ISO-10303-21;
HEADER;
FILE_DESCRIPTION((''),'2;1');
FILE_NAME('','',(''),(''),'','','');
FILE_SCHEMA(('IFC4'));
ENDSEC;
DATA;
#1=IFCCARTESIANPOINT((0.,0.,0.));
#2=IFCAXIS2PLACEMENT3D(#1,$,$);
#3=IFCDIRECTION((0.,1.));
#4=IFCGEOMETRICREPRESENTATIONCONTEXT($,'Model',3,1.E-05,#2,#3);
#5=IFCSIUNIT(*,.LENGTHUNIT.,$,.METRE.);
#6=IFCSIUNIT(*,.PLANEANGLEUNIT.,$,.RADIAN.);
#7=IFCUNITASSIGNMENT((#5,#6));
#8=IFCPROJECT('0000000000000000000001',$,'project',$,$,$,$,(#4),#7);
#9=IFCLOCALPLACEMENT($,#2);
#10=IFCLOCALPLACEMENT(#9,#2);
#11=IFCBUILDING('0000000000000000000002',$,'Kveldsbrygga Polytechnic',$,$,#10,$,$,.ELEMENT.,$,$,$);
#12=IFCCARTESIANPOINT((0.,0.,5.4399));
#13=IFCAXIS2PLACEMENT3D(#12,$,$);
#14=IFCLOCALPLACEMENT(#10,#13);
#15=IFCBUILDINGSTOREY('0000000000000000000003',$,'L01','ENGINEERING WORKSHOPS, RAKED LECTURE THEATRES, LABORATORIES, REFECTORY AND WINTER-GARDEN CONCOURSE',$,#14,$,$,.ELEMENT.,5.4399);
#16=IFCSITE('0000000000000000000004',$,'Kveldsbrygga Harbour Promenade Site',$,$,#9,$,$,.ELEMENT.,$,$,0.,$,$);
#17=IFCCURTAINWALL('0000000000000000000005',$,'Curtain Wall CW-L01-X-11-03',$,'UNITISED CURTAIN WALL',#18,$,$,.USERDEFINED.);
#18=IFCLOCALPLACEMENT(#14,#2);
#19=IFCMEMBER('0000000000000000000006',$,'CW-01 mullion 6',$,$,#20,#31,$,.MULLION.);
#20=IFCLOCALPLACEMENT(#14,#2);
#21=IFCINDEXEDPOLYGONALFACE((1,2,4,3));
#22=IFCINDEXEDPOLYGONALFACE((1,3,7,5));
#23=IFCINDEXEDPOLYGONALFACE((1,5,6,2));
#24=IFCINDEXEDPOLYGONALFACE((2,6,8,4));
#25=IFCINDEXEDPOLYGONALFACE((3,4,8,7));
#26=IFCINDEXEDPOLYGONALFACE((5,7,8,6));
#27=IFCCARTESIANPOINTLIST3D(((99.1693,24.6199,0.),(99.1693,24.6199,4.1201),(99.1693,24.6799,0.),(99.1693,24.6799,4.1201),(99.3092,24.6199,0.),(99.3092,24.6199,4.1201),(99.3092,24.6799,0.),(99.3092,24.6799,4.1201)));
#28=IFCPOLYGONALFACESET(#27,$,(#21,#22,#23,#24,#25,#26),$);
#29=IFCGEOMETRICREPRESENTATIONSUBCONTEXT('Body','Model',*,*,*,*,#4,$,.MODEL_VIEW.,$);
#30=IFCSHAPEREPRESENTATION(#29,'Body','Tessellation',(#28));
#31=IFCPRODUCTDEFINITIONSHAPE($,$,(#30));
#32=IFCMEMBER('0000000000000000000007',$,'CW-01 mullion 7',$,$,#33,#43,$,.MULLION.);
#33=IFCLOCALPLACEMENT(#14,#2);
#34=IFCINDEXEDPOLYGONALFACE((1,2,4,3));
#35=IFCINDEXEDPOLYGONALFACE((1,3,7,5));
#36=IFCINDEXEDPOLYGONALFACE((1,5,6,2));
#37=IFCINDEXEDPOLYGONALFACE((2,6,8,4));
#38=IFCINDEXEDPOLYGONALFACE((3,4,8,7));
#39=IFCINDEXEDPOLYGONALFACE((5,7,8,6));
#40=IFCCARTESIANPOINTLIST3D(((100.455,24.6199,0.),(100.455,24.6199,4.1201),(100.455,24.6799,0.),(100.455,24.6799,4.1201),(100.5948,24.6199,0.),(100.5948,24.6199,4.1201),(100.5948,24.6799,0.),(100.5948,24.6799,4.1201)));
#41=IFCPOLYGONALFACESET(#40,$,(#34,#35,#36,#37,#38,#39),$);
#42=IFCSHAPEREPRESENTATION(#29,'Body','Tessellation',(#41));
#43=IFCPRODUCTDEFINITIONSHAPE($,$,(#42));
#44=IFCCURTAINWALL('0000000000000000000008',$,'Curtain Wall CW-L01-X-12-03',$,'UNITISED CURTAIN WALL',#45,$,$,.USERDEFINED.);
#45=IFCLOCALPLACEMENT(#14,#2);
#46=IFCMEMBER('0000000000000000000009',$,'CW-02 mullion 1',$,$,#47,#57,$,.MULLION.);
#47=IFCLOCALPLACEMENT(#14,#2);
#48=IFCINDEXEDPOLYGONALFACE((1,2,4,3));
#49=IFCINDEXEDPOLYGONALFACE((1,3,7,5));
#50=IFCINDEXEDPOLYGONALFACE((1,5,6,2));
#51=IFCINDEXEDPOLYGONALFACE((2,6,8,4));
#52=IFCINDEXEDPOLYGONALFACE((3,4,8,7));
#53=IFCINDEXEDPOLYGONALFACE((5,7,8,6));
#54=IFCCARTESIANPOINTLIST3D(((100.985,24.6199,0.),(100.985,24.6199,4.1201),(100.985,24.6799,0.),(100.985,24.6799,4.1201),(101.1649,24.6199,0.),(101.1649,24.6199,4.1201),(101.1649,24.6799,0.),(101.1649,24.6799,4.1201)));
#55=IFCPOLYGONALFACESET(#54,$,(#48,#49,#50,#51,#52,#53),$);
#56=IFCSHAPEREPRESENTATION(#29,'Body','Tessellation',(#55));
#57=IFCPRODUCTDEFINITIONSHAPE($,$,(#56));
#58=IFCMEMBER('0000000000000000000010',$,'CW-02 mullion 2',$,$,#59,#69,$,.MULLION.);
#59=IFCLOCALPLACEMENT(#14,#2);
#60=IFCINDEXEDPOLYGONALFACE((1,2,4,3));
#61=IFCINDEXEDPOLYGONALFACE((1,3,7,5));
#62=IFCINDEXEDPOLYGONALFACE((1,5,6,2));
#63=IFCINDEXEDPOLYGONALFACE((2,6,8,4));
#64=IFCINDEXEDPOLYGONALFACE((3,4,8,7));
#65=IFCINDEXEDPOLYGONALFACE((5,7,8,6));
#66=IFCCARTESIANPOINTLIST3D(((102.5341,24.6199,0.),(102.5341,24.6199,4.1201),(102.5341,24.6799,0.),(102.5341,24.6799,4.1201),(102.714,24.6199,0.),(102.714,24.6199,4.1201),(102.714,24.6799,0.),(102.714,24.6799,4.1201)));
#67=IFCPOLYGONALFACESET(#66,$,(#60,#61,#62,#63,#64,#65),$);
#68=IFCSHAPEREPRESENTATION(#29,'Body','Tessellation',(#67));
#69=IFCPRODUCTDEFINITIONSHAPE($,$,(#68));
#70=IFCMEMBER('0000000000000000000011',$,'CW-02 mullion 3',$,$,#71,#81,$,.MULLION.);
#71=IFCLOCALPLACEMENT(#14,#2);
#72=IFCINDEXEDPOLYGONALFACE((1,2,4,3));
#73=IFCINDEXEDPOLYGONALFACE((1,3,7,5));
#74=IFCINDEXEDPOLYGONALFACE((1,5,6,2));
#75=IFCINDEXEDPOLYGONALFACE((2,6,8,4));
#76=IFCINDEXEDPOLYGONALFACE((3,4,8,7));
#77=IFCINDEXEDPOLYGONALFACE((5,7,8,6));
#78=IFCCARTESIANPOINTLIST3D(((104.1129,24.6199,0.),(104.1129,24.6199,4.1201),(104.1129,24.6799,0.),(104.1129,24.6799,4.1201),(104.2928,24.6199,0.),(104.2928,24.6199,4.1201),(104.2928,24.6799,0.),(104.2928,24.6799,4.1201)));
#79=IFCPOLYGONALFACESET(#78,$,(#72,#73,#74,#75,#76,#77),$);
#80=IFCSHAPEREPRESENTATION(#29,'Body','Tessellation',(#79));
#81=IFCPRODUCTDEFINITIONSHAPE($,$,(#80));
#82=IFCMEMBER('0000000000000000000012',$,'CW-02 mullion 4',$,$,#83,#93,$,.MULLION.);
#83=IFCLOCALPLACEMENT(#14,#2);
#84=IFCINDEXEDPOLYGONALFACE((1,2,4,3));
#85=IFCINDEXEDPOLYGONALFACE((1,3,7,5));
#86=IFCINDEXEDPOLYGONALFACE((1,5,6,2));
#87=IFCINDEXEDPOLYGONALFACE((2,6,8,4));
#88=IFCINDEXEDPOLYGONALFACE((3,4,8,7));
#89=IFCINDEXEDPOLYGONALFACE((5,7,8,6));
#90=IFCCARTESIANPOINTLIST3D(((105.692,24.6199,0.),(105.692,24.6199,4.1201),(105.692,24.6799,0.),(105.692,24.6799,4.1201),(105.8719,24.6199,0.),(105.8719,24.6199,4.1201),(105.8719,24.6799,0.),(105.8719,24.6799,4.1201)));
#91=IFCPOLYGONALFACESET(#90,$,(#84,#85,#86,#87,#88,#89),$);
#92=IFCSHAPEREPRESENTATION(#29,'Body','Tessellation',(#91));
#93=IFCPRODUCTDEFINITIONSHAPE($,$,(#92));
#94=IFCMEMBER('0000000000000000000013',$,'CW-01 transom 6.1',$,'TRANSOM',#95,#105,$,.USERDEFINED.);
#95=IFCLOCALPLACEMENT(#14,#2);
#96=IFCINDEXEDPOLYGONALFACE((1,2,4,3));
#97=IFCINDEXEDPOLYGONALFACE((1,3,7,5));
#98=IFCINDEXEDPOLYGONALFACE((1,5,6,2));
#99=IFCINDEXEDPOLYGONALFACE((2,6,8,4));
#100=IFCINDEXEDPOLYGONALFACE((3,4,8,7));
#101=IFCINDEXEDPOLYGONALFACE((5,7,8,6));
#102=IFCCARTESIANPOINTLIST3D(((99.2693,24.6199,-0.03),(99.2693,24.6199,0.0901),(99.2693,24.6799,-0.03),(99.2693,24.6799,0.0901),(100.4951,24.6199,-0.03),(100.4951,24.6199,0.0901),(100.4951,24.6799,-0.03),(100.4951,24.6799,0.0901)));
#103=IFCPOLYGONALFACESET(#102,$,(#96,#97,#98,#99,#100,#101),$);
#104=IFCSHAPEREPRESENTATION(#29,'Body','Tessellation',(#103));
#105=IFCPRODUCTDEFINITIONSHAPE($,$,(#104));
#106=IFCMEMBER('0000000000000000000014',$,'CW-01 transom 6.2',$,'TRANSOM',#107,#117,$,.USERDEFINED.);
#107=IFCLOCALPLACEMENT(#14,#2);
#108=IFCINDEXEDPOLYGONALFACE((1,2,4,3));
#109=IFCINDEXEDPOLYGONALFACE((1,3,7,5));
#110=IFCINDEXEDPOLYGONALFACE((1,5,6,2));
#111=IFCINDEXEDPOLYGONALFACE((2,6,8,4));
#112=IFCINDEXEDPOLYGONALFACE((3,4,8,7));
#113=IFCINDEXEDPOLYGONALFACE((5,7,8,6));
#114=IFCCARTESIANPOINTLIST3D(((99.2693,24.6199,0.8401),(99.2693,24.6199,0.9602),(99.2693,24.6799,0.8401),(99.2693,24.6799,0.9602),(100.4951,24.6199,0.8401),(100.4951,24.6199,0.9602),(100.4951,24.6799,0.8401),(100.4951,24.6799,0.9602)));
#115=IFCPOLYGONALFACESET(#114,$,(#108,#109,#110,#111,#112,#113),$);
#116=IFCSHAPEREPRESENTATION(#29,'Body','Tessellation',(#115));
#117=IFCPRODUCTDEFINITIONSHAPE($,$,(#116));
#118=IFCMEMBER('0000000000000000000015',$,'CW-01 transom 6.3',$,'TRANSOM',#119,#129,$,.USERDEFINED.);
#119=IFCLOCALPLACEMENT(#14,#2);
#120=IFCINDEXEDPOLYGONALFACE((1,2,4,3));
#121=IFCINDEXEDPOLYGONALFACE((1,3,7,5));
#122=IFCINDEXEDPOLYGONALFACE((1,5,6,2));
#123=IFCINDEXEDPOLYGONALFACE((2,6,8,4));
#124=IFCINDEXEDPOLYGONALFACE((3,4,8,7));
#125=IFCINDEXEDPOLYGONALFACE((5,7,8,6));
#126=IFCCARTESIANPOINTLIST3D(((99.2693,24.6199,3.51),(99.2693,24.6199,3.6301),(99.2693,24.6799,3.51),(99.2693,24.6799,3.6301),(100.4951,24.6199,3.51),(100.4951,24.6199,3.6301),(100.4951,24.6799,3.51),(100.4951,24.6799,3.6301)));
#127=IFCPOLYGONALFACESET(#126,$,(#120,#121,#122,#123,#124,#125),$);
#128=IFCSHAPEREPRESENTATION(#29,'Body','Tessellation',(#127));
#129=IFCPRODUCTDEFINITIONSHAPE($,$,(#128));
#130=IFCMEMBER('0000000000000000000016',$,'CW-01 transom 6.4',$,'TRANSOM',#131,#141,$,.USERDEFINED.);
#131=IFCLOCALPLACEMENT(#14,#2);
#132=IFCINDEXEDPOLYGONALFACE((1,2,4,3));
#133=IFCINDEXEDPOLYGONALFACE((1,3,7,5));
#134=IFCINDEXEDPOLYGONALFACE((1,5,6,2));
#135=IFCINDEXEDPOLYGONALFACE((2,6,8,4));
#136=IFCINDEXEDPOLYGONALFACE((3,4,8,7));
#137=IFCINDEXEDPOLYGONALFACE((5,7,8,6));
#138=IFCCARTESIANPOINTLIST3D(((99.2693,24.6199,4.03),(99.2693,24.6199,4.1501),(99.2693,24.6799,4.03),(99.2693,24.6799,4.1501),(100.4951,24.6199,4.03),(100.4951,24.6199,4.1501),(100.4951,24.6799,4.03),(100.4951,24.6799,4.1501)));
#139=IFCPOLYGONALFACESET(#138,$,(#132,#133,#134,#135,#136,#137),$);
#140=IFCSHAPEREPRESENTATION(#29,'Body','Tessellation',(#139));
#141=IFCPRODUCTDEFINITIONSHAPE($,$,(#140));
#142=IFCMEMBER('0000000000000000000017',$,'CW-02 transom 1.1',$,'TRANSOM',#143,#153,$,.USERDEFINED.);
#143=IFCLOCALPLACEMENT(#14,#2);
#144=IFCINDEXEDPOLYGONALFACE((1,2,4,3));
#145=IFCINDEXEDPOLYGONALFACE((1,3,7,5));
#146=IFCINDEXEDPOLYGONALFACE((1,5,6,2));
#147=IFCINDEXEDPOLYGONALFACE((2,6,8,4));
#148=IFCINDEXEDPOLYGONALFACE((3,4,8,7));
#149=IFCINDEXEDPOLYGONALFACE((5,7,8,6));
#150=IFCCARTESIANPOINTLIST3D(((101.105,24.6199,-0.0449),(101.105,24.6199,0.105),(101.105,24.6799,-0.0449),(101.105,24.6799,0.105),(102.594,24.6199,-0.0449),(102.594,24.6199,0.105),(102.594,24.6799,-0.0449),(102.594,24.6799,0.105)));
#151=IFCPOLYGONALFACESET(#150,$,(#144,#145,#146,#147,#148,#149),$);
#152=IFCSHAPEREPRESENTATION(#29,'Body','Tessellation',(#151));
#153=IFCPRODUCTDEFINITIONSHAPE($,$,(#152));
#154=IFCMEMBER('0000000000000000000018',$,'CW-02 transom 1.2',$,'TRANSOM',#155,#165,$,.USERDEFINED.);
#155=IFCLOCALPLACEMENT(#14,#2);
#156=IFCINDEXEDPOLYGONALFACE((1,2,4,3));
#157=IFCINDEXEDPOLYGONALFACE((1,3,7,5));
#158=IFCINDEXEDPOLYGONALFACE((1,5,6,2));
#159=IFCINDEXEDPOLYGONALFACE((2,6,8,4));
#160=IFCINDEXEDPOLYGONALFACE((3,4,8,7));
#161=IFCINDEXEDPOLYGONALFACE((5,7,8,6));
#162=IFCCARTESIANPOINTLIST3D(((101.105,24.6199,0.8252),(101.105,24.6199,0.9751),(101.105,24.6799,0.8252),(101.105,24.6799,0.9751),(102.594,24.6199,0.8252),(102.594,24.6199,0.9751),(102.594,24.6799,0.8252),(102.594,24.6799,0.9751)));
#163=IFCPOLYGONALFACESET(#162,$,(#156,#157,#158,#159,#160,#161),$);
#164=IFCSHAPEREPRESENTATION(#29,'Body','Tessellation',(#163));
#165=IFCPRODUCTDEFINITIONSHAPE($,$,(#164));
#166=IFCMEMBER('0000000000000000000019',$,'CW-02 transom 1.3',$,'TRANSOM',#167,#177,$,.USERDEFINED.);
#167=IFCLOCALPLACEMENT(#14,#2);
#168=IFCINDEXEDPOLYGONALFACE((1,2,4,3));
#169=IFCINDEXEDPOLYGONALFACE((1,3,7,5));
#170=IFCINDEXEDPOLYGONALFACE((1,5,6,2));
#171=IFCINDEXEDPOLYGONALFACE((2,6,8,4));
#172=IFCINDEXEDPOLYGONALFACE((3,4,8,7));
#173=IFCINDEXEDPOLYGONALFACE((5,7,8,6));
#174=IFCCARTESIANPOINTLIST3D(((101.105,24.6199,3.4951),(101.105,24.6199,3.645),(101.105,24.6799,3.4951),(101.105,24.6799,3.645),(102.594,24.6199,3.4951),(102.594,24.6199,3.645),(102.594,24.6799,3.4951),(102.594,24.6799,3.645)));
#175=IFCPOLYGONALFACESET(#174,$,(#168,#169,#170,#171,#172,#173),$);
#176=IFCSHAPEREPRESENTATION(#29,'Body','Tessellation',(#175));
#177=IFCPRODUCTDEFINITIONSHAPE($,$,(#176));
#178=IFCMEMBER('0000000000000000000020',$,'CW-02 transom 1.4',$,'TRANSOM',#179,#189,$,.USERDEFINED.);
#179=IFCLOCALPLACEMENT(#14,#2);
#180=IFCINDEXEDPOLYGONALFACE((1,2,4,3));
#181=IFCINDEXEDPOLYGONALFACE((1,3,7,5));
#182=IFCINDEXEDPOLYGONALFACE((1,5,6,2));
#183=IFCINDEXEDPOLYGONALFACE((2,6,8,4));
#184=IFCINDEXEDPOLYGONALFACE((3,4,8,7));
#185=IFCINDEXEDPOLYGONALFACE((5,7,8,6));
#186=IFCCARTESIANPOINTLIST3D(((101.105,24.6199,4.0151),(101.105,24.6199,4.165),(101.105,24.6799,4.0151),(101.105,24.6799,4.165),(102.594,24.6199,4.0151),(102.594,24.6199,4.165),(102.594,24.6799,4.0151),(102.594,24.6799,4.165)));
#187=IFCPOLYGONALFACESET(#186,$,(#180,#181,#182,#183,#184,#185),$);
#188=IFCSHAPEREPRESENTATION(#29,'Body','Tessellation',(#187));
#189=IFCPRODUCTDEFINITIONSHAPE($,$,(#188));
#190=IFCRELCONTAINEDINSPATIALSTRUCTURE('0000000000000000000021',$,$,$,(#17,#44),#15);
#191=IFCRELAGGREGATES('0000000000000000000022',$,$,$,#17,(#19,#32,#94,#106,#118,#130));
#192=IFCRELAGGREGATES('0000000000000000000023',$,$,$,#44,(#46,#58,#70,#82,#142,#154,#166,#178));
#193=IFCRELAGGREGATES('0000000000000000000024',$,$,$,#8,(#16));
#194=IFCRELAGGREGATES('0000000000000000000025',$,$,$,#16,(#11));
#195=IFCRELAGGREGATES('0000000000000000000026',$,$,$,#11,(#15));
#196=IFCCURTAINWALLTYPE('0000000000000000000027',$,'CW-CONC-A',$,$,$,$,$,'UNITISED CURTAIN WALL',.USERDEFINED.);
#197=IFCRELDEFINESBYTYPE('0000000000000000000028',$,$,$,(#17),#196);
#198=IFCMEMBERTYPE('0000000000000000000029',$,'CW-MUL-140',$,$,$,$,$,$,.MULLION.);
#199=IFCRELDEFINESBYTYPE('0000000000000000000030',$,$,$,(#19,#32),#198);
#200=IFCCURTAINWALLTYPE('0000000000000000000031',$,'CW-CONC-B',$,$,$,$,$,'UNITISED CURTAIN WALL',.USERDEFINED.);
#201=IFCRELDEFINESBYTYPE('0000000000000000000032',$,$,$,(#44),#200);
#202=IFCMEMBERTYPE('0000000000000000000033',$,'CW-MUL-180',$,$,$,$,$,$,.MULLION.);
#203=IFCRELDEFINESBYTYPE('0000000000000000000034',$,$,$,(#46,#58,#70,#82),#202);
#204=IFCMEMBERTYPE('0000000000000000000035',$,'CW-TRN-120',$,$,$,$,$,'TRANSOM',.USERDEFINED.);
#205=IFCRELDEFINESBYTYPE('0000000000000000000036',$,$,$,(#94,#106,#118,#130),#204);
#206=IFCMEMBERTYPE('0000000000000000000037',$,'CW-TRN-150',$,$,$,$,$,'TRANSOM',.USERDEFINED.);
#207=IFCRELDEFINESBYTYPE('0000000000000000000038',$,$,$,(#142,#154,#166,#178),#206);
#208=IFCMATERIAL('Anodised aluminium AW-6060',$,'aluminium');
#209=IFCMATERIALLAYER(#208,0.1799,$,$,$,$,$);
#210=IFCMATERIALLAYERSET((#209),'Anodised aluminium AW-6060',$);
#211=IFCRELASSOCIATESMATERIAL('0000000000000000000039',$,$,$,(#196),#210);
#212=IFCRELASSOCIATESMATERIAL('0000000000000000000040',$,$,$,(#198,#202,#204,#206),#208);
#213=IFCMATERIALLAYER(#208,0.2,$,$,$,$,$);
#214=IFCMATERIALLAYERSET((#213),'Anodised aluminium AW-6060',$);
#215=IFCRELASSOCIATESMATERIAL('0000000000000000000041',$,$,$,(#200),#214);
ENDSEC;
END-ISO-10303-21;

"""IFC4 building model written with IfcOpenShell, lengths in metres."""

from ifc_helpers import new_model, si_unit, direction, frame, origin, origin_2d, place, context, subcontext, project, spatial, rectangle, extrude, material, layer, layer_set, material_profile, profile_set, type_object, element, aggregate, save


model = new_model("IFC4")

# Units and contexts
model_context = context("Model", 3, precision=1e-05, world=origin(), true_north=direction((0.0, 1.0)))
body_context = subcontext(model_context, "Body", "Model", "MODEL_VIEW")
ifc_project = project(units=[si_unit("LENGTHUNIT", "METRE"), si_unit("PLANEANGLEUNIT", "RADIAN")], contexts=[model_context])

# Site, building, storey
site_placement = place(None, origin())
site = spatial("IfcSite", under=ifc_project, at=site_placement, Name="Kveldsbrygga Harbour Promenade Site", CompositionType="ELEMENT", RefElevation=0.0)
building_placement = place(site_placement, origin())
building = spatial("IfcBuilding", under=site, at=building_placement, Name="Kveldsbrygga Polytechnic", CompositionType="ELEMENT")
storey_placement = place(building_placement, frame((0.0, 0.0, 5.4399)))
storey = spatial("IfcBuildingStorey", under=building, at=storey_placement, Name="L01", Description="ENGINEERING WORKSHOPS, RAKED LECTURE THEATRES, LABORATORIES, REFECTORY AND WINTER-GARDEN CONCOURSE", CompositionType="ELEMENT", Elevation=5.4399)

# Curtain walls, members
ifc_material_1 = material(Name="Anodised aluminium AW-6060", Category="aluminium")
ifc_layer_1 = layer(ifc_material_1, 0.1799)
ifc_layer_set_1 = layer_set([ifc_layer_1], Name="Anodised aluminium AW-6060")
curtain_wall_type_1 = type_object("IfcCurtainWallType", Name="CW-CONC-A", ElementType="UNITISED CURTAIN WALL", PredefinedType="USERDEFINED", material=ifc_layer_set_1)
curtain_wall_1_placement = place(storey_placement, origin())
curtain_wall_1 = element("IfcCurtainWall", 1, at=curtain_wall_1_placement, inside=storey, type_object=curtain_wall_type_1, Name="Curtain Wall CW-L01-X-11-03", ObjectType="UNITISED CURTAIN WALL", PredefinedType="USERDEFINED")
ifc_material_profile_1 = material_profile(ifc_material_1, rectangle(XDim=0.0601, YDim=0.1399, at=origin_2d()), Name="ALU 60x140")
ifc_profile_set_1 = profile_set([ifc_material_profile_1], Name="Anodised aluminium AW-6060")
member_type_1 = type_object("IfcMemberType", Name="CW-MUL-140", PredefinedType="MULLION", material=ifc_profile_set_1)
member_1_placement = place(storey_placement, frame((99.2393, 24.6499, 0.0), z_axis=(0.0, 0.0, 1.0), x_axis=(0.0, 1.0, 0.0)))
member_1 = element("IfcMember", 2, at=member_1_placement, type_object=member_type_1, Name="CW-01 mullion 6", PredefinedType="MULLION", context=body_context, shape_type="SweptSolid", body=[
    extrude(rectangle(XDim=0.0601, YDim=0.1399, at=origin_2d()), origin(), (0.0, 0.0, 1.0), 4.1201),
])
member_2_placement = place(storey_placement, frame((100.5249, 24.6499, 0.0), z_axis=(0.0, 0.0, 1.0), x_axis=(0.0, 1.0, 0.0)))
member_2 = element("IfcMember", 3, at=member_2_placement, type_object=member_type_1, Name="CW-01 mullion 7", PredefinedType="MULLION", context=body_context, shape_type="SweptSolid", body=[
    extrude(rectangle(XDim=0.0601, YDim=0.1399, at=origin_2d()), origin(), (0.0, 0.0, 1.0), 4.1201),
])
ifc_layer_2 = layer(ifc_material_1, 0.2)
ifc_layer_set_2 = layer_set([ifc_layer_2], Name="Anodised aluminium AW-6060")
curtain_wall_type_2 = type_object("IfcCurtainWallType", Name="CW-CONC-B", ElementType="UNITISED CURTAIN WALL", PredefinedType="USERDEFINED", material=ifc_layer_set_2)
curtain_wall_2_placement = place(storey_placement, origin())
curtain_wall_2 = element("IfcCurtainWall", 4, at=curtain_wall_2_placement, inside=storey, type_object=curtain_wall_type_2, Name="Curtain Wall CW-L01-X-12-03", ObjectType="UNITISED CURTAIN WALL", PredefinedType="USERDEFINED")
ifc_material_profile_2 = material_profile(ifc_material_1, rectangle(XDim=0.0601, YDim=0.1799, at=origin_2d()), Name="ALU 60x180")
ifc_profile_set_2 = profile_set([ifc_material_profile_2], Name="Anodised aluminium AW-6060")
member_type_2 = type_object("IfcMemberType", Name="CW-MUL-180", PredefinedType="MULLION", material=ifc_profile_set_2)
member_3_placement = place(storey_placement, frame((101.075, 24.6499, 0.0), z_axis=(0.0, 0.0, 1.0), x_axis=(0.0, 1.0, 0.0)))
member_3 = element("IfcMember", 5, at=member_3_placement, type_object=member_type_2, Name="CW-02 mullion 1", PredefinedType="MULLION", context=body_context, shape_type="SweptSolid", body=[
    extrude(rectangle(XDim=0.0601, YDim=0.1799, at=origin_2d()), origin(), (0.0, 0.0, 1.0), 4.1201),
])
member_4_placement = place(storey_placement, frame((102.624, 24.6499, 0.0), z_axis=(0.0, 0.0, 1.0), x_axis=(0.0, 1.0, 0.0)))
member_4 = element("IfcMember", 6, at=member_4_placement, type_object=member_type_2, Name="CW-02 mullion 2", PredefinedType="MULLION", context=body_context, shape_type="SweptSolid", body=[
    extrude(rectangle(XDim=0.0601, YDim=0.1799, at=origin_2d()), origin(), (0.0, 0.0, 1.0), 4.1201),
])
member_5_placement = place(storey_placement, frame((104.2029, 24.6499, 0.0), z_axis=(0.0, 0.0, 1.0), x_axis=(0.0, 1.0, 0.0)))
member_5 = element("IfcMember", 7, at=member_5_placement, type_object=member_type_2, Name="CW-02 mullion 3", PredefinedType="MULLION", context=body_context, shape_type="SweptSolid", body=[
    extrude(rectangle(XDim=0.0601, YDim=0.1799, at=origin_2d()), origin(), (0.0, 0.0, 1.0), 4.1201),
])
member_6_placement = place(storey_placement, frame((105.782, 24.6499, 0.0), z_axis=(0.0, 0.0, 1.0), x_axis=(0.0, 1.0, 0.0)))
member_6 = element("IfcMember", 8, at=member_6_placement, type_object=member_type_2, Name="CW-02 mullion 4", PredefinedType="MULLION", context=body_context, shape_type="SweptSolid", body=[
    extrude(rectangle(XDim=0.0601, YDim=0.1799, at=origin_2d()), origin(), (0.0, 0.0, 1.0), 4.1201),
])

# Members
ifc_material_profile_3 = material_profile(ifc_material_1, rectangle(XDim=0.0601, YDim=0.1201, at=origin_2d()), Name="ALU 60x120")
ifc_profile_set_3 = profile_set([ifc_material_profile_3], Name="Anodised aluminium AW-6060")
member_type_3 = type_object("IfcMemberType", Name="CW-TRN-120", ElementType="TRANSOM", PredefinedType="USERDEFINED", material=ifc_profile_set_3)
member_7_placement = place(storey_placement, frame((99.2693, 24.6499, 0.03), z_axis=(1.0, 0.0, 0.0), x_axis=(0.0, 1.0, 0.0)))
member_7 = element("IfcMember", 9, at=member_7_placement, type_object=member_type_3, Name="CW-01 transom 6.1", ObjectType="TRANSOM", PredefinedType="USERDEFINED", context=body_context, shape_type="SweptSolid", body=[
    extrude(rectangle(XDim=0.0601, YDim=0.1201, at=origin_2d()), origin(), (0.0, 0.0, 1.0), 1.2258),
])
member_8_placement = place(storey_placement, frame((99.2693, 24.6499, 0.9001), z_axis=(1.0, 0.0, 0.0), x_axis=(0.0, 1.0, 0.0)))
member_8 = element("IfcMember", 10, at=member_8_placement, type_object=member_type_3, Name="CW-01 transom 6.2", ObjectType="TRANSOM", PredefinedType="USERDEFINED", context=body_context, shape_type="SweptSolid", body=[
    extrude(rectangle(XDim=0.0601, YDim=0.1201, at=origin_2d()), origin(), (0.0, 0.0, 1.0), 1.2258),
])
member_9_placement = place(storey_placement, frame((99.2693, 24.6499, 3.5701), z_axis=(1.0, 0.0, 0.0), x_axis=(0.0, 1.0, 0.0)))
member_9 = element("IfcMember", 11, at=member_9_placement, type_object=member_type_3, Name="CW-01 transom 6.3", ObjectType="TRANSOM", PredefinedType="USERDEFINED", context=body_context, shape_type="SweptSolid", body=[
    extrude(rectangle(XDim=0.0601, YDim=0.1201, at=origin_2d()), origin(), (0.0, 0.0, 1.0), 1.2258),
])
member_10_placement = place(storey_placement, frame((99.2693, 24.6499, 4.0901), z_axis=(1.0, 0.0, 0.0), x_axis=(0.0, 1.0, 0.0)))
member_10 = element("IfcMember", 12, at=member_10_placement, type_object=member_type_3, Name="CW-01 transom 6.4", ObjectType="TRANSOM", PredefinedType="USERDEFINED", context=body_context, shape_type="SweptSolid", body=[
    extrude(rectangle(XDim=0.0601, YDim=0.1201, at=origin_2d()), origin(), (0.0, 0.0, 1.0), 1.2258),
])
ifc_material_profile_4 = material_profile(ifc_material_1, rectangle(XDim=0.0601, YDim=0.1499, at=origin_2d()), Name="ALU 60x150")
ifc_profile_set_4 = profile_set([ifc_material_profile_4], Name="Anodised aluminium AW-6060")
member_type_4 = type_object("IfcMemberType", Name="CW-TRN-150", ElementType="TRANSOM", PredefinedType="USERDEFINED", material=ifc_profile_set_4)
member_11_placement = place(storey_placement, frame((101.105, 24.6499, 0.03), z_axis=(1.0, 0.0, 0.0), x_axis=(0.0, 1.0, 0.0)))
member_11 = element("IfcMember", 13, at=member_11_placement, type_object=member_type_4, Name="CW-02 transom 1.1", ObjectType="TRANSOM", PredefinedType="USERDEFINED", context=body_context, shape_type="SweptSolid", body=[
    extrude(rectangle(XDim=0.0601, YDim=0.1499, at=origin_2d()), origin(), (0.0, 0.0, 1.0), 1.489),
])
member_12_placement = place(storey_placement, frame((101.105, 24.6499, 0.9001), z_axis=(1.0, 0.0, 0.0), x_axis=(0.0, 1.0, 0.0)))
member_12 = element("IfcMember", 14, at=member_12_placement, type_object=member_type_4, Name="CW-02 transom 1.2", ObjectType="TRANSOM", PredefinedType="USERDEFINED", context=body_context, shape_type="SweptSolid", body=[
    extrude(rectangle(XDim=0.0601, YDim=0.1499, at=origin_2d()), origin(), (0.0, 0.0, 1.0), 1.489),
])
member_13_placement = place(storey_placement, frame((101.105, 24.6499, 3.5701), z_axis=(1.0, 0.0, 0.0), x_axis=(0.0, 1.0, 0.0)))
member_13 = element("IfcMember", 15, at=member_13_placement, type_object=member_type_4, Name="CW-02 transom 1.3", ObjectType="TRANSOM", PredefinedType="USERDEFINED", context=body_context, shape_type="SweptSolid", body=[
    extrude(rectangle(XDim=0.0601, YDim=0.1499, at=origin_2d()), origin(), (0.0, 0.0, 1.0), 1.489),
])
member_14_placement = place(storey_placement, frame((101.105, 24.6499, 4.0901), z_axis=(1.0, 0.0, 0.0), x_axis=(0.0, 1.0, 0.0)))
member_14 = element("IfcMember", 16, at=member_14_placement, type_object=member_type_4, Name="CW-02 transom 1.4", ObjectType="TRANSOM", PredefinedType="USERDEFINED", context=body_context, shape_type="SweptSolid", body=[
    extrude(rectangle(XDim=0.0601, YDim=0.1499, at=origin_2d()), origin(), (0.0, 0.0, 1.0), 1.489),
])

aggregate(curtain_wall_1, [member_1, member_2, member_7, member_8, member_9, member_10])
aggregate(curtain_wall_2, [member_3, member_4, member_5, member_6, member_11, member_12, member_13, member_14])

save(model, "model.ifc")
